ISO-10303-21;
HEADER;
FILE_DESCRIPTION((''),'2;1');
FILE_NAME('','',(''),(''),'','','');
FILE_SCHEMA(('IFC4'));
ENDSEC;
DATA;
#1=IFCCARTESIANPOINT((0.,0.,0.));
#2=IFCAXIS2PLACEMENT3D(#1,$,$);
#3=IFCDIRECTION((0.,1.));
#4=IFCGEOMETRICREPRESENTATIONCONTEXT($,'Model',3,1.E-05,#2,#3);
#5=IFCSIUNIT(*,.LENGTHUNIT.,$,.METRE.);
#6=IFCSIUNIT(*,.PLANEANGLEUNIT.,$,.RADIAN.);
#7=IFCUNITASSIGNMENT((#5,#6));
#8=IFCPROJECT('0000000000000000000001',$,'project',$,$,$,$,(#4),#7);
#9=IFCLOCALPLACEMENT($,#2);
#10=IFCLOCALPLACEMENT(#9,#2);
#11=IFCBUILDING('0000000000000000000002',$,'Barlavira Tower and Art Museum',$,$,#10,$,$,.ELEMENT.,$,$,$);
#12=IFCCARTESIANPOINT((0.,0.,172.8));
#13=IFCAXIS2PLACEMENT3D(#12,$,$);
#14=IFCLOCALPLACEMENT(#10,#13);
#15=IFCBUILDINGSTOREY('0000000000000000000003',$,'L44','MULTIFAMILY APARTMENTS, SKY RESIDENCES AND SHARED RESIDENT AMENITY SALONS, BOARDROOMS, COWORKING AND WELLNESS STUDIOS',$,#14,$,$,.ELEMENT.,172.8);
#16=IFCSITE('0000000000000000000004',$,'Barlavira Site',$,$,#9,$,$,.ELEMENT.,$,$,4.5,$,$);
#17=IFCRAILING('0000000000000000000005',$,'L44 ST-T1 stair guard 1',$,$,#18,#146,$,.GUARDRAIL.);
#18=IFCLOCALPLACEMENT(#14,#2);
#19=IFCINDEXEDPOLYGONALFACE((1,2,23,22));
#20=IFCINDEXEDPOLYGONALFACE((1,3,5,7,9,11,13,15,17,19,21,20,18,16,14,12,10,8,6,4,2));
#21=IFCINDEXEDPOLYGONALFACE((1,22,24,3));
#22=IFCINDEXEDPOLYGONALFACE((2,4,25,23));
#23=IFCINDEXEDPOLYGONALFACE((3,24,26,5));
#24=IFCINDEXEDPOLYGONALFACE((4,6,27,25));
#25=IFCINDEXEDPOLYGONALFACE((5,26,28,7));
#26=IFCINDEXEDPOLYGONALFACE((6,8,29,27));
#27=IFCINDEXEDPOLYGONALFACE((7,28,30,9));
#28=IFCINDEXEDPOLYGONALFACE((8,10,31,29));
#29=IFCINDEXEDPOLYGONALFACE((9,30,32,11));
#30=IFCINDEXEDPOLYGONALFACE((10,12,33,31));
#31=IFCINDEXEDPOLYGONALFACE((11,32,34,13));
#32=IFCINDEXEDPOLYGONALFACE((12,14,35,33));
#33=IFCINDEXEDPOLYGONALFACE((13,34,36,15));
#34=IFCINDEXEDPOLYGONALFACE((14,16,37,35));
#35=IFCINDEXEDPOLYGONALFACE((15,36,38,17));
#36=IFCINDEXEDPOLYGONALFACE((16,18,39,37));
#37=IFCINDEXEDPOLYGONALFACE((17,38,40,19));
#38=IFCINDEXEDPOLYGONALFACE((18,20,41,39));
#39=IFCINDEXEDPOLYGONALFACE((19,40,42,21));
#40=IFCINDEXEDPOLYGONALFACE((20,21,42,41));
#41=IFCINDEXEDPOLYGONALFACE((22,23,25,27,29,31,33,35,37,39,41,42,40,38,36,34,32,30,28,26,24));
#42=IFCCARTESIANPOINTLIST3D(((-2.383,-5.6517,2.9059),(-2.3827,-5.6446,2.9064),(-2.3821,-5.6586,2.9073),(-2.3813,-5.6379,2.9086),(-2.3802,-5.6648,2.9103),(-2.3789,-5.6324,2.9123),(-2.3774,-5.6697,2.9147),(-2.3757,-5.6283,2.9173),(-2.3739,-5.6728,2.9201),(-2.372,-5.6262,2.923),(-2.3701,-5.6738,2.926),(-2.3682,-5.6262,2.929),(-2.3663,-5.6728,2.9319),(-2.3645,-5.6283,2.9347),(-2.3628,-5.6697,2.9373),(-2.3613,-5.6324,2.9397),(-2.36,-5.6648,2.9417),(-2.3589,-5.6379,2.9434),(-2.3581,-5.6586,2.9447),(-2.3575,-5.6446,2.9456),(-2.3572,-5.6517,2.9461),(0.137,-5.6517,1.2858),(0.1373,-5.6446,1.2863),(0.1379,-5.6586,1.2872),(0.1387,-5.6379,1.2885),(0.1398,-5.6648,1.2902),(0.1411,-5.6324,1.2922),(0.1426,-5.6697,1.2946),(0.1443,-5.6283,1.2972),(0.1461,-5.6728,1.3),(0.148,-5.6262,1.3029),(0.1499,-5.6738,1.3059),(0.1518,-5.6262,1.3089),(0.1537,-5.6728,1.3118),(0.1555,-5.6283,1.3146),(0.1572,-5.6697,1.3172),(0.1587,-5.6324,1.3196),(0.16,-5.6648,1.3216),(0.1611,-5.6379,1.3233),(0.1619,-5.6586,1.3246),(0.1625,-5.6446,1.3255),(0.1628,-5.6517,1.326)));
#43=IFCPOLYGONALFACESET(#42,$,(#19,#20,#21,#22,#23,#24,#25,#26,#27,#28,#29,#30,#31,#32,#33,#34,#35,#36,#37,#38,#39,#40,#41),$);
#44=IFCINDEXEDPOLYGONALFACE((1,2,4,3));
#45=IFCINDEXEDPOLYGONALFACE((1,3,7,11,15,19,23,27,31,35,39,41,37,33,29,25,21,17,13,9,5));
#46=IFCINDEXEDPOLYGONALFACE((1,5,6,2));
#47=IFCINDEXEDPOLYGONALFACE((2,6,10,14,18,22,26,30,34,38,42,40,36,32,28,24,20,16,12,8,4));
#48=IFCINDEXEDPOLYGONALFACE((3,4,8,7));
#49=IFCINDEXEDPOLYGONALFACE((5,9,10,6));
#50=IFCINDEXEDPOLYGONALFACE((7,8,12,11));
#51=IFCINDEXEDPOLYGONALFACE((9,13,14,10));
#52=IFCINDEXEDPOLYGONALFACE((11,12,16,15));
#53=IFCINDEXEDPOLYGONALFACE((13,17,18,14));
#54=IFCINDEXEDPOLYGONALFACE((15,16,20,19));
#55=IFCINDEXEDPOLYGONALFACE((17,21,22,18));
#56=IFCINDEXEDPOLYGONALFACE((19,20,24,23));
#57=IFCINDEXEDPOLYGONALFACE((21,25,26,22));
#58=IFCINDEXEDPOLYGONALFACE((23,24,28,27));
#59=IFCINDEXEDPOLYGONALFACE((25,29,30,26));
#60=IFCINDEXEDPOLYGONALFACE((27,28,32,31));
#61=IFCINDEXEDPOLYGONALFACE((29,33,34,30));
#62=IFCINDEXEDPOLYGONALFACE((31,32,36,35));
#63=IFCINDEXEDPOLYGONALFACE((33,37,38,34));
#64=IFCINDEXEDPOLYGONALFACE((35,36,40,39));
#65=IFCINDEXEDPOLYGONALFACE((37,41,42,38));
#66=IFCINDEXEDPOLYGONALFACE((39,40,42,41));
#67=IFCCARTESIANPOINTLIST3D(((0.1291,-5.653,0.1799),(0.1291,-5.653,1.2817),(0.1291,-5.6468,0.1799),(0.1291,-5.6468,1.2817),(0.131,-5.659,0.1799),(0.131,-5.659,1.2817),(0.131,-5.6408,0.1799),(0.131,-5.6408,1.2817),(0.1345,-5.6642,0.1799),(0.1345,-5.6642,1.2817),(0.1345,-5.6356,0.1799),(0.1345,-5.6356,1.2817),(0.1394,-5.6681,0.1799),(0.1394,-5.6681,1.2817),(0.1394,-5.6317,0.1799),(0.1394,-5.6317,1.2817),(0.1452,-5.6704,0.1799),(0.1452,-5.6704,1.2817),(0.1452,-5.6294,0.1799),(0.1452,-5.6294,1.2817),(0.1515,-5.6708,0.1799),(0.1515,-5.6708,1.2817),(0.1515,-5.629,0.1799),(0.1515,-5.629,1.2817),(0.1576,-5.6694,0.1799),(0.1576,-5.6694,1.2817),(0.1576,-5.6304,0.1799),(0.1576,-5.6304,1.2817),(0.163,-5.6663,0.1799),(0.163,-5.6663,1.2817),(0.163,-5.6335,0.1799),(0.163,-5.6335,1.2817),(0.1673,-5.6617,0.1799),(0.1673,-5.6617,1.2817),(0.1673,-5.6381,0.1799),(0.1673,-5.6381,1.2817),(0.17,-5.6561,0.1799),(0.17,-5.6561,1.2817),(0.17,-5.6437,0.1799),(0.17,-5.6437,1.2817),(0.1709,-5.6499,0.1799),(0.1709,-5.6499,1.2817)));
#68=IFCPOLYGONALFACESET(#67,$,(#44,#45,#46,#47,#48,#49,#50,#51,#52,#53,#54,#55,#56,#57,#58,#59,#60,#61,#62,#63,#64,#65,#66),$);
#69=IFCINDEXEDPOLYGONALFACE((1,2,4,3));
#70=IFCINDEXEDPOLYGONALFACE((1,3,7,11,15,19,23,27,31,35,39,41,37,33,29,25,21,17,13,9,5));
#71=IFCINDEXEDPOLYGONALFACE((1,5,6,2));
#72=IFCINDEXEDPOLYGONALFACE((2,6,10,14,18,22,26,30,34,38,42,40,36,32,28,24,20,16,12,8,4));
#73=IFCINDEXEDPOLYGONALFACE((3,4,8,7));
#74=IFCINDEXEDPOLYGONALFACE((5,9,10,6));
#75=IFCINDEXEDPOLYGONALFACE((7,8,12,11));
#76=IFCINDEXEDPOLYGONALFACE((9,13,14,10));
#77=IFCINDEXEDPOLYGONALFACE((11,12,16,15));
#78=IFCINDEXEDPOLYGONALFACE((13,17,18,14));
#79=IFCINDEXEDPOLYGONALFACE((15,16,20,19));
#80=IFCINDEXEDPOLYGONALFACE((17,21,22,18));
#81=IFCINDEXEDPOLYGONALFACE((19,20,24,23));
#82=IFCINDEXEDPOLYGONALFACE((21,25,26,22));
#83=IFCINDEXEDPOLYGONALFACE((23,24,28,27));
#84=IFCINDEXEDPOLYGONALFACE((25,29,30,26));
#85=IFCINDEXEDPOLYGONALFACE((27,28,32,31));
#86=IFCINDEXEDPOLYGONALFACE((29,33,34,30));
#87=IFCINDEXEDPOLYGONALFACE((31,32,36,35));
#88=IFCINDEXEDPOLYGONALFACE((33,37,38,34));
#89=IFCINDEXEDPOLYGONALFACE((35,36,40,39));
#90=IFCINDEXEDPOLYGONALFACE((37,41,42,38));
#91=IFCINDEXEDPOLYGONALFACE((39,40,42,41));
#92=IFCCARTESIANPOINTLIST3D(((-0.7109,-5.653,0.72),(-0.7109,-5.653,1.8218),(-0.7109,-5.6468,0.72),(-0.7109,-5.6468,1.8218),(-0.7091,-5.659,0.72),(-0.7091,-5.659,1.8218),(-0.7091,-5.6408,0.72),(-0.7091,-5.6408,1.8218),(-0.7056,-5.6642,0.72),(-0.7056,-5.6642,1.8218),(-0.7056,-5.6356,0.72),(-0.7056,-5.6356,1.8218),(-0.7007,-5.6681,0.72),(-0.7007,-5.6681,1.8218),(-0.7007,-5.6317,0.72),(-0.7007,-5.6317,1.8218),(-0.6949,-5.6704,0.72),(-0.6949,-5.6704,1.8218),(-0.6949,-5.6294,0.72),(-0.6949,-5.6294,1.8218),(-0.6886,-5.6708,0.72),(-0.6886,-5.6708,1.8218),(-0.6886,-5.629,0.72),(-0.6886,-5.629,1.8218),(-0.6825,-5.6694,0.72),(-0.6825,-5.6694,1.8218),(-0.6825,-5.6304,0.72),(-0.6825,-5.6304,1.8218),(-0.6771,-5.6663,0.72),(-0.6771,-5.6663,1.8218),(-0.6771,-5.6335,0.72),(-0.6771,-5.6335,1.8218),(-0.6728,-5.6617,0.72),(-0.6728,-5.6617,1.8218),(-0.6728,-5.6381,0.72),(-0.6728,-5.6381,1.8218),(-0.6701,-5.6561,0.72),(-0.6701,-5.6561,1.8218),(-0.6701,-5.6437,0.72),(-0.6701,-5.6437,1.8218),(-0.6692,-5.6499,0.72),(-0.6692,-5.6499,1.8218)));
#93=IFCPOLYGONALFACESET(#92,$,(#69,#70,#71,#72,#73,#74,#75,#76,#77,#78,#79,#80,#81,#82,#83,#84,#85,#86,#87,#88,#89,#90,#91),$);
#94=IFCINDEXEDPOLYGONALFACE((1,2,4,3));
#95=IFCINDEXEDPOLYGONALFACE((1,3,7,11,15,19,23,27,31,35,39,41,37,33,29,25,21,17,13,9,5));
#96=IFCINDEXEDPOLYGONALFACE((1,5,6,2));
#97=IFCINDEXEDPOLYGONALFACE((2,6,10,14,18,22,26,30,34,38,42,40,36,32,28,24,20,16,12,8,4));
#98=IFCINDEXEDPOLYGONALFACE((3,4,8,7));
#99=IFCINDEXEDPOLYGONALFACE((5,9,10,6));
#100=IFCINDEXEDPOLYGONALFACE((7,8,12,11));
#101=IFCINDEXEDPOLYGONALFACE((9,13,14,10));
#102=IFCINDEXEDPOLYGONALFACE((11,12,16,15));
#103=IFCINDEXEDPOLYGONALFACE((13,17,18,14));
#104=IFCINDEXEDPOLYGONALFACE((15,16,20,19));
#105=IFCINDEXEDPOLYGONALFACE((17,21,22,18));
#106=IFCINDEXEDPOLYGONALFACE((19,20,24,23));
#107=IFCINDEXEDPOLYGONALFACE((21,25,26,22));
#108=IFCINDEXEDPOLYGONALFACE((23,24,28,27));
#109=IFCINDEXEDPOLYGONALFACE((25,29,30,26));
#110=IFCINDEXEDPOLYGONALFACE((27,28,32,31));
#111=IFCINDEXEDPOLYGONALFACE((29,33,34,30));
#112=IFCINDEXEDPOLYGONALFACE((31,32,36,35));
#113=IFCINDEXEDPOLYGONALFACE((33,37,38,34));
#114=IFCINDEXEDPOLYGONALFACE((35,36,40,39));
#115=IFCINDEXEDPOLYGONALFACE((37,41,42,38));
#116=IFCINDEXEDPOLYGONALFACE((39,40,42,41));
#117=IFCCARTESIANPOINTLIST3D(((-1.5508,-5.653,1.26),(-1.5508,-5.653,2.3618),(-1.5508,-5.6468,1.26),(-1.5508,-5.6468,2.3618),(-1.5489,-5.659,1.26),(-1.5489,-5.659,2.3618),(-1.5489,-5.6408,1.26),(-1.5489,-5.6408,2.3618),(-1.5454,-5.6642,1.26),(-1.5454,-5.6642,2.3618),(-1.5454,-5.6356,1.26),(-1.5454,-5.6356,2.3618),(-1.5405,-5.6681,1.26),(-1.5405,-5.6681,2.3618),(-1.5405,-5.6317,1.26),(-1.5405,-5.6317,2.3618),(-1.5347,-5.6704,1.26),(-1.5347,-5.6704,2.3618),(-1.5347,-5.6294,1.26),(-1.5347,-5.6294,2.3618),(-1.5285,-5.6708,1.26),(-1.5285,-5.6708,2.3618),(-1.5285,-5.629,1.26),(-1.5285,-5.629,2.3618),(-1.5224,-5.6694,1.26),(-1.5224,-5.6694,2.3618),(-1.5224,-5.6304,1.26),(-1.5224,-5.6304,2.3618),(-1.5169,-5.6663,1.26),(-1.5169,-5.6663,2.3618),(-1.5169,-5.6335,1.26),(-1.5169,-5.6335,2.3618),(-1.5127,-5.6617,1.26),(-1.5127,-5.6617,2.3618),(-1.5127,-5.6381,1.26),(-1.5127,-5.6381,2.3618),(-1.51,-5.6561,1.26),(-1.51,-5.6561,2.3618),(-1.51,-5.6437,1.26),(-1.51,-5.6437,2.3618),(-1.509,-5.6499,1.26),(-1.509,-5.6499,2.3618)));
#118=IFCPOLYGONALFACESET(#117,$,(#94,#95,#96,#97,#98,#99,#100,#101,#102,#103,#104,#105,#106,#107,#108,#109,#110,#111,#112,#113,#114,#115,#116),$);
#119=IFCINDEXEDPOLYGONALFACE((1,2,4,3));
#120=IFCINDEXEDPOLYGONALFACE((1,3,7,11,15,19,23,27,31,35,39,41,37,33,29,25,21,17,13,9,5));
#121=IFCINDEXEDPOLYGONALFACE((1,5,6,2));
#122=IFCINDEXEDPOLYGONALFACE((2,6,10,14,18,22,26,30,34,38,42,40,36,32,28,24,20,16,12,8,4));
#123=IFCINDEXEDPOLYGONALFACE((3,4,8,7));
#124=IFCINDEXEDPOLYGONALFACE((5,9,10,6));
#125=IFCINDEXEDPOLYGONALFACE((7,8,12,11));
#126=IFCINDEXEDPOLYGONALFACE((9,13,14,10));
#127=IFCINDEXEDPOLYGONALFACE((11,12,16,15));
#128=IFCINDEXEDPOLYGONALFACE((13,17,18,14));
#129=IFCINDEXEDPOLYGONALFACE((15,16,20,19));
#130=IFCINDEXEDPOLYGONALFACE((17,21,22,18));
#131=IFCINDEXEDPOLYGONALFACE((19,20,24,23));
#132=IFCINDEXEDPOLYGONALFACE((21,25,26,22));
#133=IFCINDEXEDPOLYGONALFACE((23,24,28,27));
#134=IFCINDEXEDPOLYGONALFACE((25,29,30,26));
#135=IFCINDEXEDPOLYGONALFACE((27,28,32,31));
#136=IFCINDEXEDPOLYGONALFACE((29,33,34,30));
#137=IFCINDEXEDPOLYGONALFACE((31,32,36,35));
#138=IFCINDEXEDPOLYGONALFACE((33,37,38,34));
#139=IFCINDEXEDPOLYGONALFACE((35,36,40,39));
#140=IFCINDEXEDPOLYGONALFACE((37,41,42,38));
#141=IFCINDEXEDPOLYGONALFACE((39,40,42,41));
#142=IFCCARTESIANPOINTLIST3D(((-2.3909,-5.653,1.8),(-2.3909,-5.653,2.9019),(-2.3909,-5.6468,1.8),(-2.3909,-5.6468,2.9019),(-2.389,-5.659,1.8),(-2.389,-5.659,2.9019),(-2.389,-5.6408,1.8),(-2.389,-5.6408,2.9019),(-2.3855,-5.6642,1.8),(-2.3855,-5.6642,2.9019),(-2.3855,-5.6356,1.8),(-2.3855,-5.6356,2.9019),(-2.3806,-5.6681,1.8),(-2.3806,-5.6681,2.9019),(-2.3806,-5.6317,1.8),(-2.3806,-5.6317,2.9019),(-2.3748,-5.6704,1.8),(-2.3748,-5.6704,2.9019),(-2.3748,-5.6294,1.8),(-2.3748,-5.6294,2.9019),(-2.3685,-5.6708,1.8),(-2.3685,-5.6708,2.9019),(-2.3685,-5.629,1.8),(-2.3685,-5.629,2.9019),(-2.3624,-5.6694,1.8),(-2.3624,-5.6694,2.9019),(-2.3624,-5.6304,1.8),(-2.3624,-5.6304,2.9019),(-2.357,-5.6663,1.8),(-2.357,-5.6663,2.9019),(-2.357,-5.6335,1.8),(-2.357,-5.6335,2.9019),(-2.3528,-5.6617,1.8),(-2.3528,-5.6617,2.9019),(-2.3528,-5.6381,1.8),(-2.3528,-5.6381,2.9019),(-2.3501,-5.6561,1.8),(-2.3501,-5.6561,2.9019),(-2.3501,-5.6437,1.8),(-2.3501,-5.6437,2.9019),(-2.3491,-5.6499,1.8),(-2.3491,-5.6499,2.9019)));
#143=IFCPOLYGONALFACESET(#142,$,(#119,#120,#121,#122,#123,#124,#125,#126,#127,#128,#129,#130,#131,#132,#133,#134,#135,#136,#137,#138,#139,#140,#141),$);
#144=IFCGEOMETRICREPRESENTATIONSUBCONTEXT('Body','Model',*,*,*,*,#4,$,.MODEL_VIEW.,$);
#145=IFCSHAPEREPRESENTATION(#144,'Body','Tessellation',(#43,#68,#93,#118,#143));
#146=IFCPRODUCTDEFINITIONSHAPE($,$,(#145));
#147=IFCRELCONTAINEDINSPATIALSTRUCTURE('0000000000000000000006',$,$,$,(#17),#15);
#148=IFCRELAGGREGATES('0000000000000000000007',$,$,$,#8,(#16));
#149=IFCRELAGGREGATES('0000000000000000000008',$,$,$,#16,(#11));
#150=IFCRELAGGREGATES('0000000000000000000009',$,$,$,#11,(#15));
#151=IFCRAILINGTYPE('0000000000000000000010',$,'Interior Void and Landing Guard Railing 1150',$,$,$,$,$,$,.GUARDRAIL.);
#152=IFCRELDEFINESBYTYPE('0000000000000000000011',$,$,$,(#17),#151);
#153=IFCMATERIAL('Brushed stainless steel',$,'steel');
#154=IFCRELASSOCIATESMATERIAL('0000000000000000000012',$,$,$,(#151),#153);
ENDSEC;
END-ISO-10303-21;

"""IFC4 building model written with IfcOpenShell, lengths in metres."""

from ifc_helpers import new_model, si_unit, direction, frame, origin, origin_2d, place, context, subcontext, project, spatial, circle, extrude, material, type_object, element, save


model = new_model("IFC4")

# Units and contexts
model_context = context("Model", 3, precision=1e-05, world=origin(), true_north=direction((0.0, 1.0)))
body_context = subcontext(model_context, "Body", "Model", "MODEL_VIEW")
ifc_project = project(units=[si_unit("LENGTHUNIT", "METRE"), si_unit("PLANEANGLEUNIT", "RADIAN")], contexts=[model_context])

# Site, building, storey
site_placement = place(None, origin())
site = spatial("IfcSite", under=ifc_project, at=site_placement, Name="Barlavira Site", CompositionType="ELEMENT", RefElevation=4.5)
building_placement = place(site_placement, origin())
building = spatial("IfcBuilding", under=site, at=building_placement, Name="Barlavira Tower and Art Museum", CompositionType="ELEMENT")
storey_placement = place(building_placement, frame((0.0, 0.0, 172.8)))
storey = spatial("IfcBuildingStorey", under=building, at=storey_placement, Name="L44", Description="MULTIFAMILY APARTMENTS, SKY RESIDENCES AND SHARED RESIDENT AMENITY SALONS, BOARDROOMS, COWORKING AND WELLNESS STUDIOS", CompositionType="ELEMENT", Elevation=172.8)

# Shared definitions
ifc_material_1 = material(Name="Brushed stainless steel", Category="steel")

# Railing
railing_type_1 = type_object("IfcRailingType", Name="Interior Void and Landing Guard Railing 1150", PredefinedType="GUARDRAIL", material=ifc_material_1)
railing_1_placement = place(storey_placement, frame((0.1499, -5.6499, 0.1799)))
element("IfcRailing", 1, at=railing_1_placement, inside=storey, type_object=railing_type_1, Name="L44 ST-T1 stair guard 1", PredefinedType="GUARDRAIL", context=body_context, shape_type="SweptSolid", body=[
    extrude(circle(Radius=0.0239, at=origin_2d()), frame((0.0, 0.0, 1.126), z_axis=(-0.841163, 0.0, 0.540782), x_axis=(0.0, -1.0, 0.0)), (0.0, 0.0, 1.0), 2.9958),
    extrude(circle(Radius=0.021, at=origin_2d()), origin(), (0.0, 0.0, 1.0), 1.1018),
    extrude(circle(Radius=0.021, at=origin_2d()), frame((-0.8401, 0.0, 0.54)), (0.0, 0.0, 1.0), 1.1018),
    extrude(circle(Radius=0.021, at=origin_2d()), frame((-1.6799, 0.0, 1.0801)), (0.0, 0.0, 1.0), 1.1018),
    extrude(circle(Radius=0.021, at=origin_2d()), frame((-2.52, 0.0, 1.6201)), (0.0, 0.0, 1.0), 1.1018),
])

save(model, "model.ifc")
